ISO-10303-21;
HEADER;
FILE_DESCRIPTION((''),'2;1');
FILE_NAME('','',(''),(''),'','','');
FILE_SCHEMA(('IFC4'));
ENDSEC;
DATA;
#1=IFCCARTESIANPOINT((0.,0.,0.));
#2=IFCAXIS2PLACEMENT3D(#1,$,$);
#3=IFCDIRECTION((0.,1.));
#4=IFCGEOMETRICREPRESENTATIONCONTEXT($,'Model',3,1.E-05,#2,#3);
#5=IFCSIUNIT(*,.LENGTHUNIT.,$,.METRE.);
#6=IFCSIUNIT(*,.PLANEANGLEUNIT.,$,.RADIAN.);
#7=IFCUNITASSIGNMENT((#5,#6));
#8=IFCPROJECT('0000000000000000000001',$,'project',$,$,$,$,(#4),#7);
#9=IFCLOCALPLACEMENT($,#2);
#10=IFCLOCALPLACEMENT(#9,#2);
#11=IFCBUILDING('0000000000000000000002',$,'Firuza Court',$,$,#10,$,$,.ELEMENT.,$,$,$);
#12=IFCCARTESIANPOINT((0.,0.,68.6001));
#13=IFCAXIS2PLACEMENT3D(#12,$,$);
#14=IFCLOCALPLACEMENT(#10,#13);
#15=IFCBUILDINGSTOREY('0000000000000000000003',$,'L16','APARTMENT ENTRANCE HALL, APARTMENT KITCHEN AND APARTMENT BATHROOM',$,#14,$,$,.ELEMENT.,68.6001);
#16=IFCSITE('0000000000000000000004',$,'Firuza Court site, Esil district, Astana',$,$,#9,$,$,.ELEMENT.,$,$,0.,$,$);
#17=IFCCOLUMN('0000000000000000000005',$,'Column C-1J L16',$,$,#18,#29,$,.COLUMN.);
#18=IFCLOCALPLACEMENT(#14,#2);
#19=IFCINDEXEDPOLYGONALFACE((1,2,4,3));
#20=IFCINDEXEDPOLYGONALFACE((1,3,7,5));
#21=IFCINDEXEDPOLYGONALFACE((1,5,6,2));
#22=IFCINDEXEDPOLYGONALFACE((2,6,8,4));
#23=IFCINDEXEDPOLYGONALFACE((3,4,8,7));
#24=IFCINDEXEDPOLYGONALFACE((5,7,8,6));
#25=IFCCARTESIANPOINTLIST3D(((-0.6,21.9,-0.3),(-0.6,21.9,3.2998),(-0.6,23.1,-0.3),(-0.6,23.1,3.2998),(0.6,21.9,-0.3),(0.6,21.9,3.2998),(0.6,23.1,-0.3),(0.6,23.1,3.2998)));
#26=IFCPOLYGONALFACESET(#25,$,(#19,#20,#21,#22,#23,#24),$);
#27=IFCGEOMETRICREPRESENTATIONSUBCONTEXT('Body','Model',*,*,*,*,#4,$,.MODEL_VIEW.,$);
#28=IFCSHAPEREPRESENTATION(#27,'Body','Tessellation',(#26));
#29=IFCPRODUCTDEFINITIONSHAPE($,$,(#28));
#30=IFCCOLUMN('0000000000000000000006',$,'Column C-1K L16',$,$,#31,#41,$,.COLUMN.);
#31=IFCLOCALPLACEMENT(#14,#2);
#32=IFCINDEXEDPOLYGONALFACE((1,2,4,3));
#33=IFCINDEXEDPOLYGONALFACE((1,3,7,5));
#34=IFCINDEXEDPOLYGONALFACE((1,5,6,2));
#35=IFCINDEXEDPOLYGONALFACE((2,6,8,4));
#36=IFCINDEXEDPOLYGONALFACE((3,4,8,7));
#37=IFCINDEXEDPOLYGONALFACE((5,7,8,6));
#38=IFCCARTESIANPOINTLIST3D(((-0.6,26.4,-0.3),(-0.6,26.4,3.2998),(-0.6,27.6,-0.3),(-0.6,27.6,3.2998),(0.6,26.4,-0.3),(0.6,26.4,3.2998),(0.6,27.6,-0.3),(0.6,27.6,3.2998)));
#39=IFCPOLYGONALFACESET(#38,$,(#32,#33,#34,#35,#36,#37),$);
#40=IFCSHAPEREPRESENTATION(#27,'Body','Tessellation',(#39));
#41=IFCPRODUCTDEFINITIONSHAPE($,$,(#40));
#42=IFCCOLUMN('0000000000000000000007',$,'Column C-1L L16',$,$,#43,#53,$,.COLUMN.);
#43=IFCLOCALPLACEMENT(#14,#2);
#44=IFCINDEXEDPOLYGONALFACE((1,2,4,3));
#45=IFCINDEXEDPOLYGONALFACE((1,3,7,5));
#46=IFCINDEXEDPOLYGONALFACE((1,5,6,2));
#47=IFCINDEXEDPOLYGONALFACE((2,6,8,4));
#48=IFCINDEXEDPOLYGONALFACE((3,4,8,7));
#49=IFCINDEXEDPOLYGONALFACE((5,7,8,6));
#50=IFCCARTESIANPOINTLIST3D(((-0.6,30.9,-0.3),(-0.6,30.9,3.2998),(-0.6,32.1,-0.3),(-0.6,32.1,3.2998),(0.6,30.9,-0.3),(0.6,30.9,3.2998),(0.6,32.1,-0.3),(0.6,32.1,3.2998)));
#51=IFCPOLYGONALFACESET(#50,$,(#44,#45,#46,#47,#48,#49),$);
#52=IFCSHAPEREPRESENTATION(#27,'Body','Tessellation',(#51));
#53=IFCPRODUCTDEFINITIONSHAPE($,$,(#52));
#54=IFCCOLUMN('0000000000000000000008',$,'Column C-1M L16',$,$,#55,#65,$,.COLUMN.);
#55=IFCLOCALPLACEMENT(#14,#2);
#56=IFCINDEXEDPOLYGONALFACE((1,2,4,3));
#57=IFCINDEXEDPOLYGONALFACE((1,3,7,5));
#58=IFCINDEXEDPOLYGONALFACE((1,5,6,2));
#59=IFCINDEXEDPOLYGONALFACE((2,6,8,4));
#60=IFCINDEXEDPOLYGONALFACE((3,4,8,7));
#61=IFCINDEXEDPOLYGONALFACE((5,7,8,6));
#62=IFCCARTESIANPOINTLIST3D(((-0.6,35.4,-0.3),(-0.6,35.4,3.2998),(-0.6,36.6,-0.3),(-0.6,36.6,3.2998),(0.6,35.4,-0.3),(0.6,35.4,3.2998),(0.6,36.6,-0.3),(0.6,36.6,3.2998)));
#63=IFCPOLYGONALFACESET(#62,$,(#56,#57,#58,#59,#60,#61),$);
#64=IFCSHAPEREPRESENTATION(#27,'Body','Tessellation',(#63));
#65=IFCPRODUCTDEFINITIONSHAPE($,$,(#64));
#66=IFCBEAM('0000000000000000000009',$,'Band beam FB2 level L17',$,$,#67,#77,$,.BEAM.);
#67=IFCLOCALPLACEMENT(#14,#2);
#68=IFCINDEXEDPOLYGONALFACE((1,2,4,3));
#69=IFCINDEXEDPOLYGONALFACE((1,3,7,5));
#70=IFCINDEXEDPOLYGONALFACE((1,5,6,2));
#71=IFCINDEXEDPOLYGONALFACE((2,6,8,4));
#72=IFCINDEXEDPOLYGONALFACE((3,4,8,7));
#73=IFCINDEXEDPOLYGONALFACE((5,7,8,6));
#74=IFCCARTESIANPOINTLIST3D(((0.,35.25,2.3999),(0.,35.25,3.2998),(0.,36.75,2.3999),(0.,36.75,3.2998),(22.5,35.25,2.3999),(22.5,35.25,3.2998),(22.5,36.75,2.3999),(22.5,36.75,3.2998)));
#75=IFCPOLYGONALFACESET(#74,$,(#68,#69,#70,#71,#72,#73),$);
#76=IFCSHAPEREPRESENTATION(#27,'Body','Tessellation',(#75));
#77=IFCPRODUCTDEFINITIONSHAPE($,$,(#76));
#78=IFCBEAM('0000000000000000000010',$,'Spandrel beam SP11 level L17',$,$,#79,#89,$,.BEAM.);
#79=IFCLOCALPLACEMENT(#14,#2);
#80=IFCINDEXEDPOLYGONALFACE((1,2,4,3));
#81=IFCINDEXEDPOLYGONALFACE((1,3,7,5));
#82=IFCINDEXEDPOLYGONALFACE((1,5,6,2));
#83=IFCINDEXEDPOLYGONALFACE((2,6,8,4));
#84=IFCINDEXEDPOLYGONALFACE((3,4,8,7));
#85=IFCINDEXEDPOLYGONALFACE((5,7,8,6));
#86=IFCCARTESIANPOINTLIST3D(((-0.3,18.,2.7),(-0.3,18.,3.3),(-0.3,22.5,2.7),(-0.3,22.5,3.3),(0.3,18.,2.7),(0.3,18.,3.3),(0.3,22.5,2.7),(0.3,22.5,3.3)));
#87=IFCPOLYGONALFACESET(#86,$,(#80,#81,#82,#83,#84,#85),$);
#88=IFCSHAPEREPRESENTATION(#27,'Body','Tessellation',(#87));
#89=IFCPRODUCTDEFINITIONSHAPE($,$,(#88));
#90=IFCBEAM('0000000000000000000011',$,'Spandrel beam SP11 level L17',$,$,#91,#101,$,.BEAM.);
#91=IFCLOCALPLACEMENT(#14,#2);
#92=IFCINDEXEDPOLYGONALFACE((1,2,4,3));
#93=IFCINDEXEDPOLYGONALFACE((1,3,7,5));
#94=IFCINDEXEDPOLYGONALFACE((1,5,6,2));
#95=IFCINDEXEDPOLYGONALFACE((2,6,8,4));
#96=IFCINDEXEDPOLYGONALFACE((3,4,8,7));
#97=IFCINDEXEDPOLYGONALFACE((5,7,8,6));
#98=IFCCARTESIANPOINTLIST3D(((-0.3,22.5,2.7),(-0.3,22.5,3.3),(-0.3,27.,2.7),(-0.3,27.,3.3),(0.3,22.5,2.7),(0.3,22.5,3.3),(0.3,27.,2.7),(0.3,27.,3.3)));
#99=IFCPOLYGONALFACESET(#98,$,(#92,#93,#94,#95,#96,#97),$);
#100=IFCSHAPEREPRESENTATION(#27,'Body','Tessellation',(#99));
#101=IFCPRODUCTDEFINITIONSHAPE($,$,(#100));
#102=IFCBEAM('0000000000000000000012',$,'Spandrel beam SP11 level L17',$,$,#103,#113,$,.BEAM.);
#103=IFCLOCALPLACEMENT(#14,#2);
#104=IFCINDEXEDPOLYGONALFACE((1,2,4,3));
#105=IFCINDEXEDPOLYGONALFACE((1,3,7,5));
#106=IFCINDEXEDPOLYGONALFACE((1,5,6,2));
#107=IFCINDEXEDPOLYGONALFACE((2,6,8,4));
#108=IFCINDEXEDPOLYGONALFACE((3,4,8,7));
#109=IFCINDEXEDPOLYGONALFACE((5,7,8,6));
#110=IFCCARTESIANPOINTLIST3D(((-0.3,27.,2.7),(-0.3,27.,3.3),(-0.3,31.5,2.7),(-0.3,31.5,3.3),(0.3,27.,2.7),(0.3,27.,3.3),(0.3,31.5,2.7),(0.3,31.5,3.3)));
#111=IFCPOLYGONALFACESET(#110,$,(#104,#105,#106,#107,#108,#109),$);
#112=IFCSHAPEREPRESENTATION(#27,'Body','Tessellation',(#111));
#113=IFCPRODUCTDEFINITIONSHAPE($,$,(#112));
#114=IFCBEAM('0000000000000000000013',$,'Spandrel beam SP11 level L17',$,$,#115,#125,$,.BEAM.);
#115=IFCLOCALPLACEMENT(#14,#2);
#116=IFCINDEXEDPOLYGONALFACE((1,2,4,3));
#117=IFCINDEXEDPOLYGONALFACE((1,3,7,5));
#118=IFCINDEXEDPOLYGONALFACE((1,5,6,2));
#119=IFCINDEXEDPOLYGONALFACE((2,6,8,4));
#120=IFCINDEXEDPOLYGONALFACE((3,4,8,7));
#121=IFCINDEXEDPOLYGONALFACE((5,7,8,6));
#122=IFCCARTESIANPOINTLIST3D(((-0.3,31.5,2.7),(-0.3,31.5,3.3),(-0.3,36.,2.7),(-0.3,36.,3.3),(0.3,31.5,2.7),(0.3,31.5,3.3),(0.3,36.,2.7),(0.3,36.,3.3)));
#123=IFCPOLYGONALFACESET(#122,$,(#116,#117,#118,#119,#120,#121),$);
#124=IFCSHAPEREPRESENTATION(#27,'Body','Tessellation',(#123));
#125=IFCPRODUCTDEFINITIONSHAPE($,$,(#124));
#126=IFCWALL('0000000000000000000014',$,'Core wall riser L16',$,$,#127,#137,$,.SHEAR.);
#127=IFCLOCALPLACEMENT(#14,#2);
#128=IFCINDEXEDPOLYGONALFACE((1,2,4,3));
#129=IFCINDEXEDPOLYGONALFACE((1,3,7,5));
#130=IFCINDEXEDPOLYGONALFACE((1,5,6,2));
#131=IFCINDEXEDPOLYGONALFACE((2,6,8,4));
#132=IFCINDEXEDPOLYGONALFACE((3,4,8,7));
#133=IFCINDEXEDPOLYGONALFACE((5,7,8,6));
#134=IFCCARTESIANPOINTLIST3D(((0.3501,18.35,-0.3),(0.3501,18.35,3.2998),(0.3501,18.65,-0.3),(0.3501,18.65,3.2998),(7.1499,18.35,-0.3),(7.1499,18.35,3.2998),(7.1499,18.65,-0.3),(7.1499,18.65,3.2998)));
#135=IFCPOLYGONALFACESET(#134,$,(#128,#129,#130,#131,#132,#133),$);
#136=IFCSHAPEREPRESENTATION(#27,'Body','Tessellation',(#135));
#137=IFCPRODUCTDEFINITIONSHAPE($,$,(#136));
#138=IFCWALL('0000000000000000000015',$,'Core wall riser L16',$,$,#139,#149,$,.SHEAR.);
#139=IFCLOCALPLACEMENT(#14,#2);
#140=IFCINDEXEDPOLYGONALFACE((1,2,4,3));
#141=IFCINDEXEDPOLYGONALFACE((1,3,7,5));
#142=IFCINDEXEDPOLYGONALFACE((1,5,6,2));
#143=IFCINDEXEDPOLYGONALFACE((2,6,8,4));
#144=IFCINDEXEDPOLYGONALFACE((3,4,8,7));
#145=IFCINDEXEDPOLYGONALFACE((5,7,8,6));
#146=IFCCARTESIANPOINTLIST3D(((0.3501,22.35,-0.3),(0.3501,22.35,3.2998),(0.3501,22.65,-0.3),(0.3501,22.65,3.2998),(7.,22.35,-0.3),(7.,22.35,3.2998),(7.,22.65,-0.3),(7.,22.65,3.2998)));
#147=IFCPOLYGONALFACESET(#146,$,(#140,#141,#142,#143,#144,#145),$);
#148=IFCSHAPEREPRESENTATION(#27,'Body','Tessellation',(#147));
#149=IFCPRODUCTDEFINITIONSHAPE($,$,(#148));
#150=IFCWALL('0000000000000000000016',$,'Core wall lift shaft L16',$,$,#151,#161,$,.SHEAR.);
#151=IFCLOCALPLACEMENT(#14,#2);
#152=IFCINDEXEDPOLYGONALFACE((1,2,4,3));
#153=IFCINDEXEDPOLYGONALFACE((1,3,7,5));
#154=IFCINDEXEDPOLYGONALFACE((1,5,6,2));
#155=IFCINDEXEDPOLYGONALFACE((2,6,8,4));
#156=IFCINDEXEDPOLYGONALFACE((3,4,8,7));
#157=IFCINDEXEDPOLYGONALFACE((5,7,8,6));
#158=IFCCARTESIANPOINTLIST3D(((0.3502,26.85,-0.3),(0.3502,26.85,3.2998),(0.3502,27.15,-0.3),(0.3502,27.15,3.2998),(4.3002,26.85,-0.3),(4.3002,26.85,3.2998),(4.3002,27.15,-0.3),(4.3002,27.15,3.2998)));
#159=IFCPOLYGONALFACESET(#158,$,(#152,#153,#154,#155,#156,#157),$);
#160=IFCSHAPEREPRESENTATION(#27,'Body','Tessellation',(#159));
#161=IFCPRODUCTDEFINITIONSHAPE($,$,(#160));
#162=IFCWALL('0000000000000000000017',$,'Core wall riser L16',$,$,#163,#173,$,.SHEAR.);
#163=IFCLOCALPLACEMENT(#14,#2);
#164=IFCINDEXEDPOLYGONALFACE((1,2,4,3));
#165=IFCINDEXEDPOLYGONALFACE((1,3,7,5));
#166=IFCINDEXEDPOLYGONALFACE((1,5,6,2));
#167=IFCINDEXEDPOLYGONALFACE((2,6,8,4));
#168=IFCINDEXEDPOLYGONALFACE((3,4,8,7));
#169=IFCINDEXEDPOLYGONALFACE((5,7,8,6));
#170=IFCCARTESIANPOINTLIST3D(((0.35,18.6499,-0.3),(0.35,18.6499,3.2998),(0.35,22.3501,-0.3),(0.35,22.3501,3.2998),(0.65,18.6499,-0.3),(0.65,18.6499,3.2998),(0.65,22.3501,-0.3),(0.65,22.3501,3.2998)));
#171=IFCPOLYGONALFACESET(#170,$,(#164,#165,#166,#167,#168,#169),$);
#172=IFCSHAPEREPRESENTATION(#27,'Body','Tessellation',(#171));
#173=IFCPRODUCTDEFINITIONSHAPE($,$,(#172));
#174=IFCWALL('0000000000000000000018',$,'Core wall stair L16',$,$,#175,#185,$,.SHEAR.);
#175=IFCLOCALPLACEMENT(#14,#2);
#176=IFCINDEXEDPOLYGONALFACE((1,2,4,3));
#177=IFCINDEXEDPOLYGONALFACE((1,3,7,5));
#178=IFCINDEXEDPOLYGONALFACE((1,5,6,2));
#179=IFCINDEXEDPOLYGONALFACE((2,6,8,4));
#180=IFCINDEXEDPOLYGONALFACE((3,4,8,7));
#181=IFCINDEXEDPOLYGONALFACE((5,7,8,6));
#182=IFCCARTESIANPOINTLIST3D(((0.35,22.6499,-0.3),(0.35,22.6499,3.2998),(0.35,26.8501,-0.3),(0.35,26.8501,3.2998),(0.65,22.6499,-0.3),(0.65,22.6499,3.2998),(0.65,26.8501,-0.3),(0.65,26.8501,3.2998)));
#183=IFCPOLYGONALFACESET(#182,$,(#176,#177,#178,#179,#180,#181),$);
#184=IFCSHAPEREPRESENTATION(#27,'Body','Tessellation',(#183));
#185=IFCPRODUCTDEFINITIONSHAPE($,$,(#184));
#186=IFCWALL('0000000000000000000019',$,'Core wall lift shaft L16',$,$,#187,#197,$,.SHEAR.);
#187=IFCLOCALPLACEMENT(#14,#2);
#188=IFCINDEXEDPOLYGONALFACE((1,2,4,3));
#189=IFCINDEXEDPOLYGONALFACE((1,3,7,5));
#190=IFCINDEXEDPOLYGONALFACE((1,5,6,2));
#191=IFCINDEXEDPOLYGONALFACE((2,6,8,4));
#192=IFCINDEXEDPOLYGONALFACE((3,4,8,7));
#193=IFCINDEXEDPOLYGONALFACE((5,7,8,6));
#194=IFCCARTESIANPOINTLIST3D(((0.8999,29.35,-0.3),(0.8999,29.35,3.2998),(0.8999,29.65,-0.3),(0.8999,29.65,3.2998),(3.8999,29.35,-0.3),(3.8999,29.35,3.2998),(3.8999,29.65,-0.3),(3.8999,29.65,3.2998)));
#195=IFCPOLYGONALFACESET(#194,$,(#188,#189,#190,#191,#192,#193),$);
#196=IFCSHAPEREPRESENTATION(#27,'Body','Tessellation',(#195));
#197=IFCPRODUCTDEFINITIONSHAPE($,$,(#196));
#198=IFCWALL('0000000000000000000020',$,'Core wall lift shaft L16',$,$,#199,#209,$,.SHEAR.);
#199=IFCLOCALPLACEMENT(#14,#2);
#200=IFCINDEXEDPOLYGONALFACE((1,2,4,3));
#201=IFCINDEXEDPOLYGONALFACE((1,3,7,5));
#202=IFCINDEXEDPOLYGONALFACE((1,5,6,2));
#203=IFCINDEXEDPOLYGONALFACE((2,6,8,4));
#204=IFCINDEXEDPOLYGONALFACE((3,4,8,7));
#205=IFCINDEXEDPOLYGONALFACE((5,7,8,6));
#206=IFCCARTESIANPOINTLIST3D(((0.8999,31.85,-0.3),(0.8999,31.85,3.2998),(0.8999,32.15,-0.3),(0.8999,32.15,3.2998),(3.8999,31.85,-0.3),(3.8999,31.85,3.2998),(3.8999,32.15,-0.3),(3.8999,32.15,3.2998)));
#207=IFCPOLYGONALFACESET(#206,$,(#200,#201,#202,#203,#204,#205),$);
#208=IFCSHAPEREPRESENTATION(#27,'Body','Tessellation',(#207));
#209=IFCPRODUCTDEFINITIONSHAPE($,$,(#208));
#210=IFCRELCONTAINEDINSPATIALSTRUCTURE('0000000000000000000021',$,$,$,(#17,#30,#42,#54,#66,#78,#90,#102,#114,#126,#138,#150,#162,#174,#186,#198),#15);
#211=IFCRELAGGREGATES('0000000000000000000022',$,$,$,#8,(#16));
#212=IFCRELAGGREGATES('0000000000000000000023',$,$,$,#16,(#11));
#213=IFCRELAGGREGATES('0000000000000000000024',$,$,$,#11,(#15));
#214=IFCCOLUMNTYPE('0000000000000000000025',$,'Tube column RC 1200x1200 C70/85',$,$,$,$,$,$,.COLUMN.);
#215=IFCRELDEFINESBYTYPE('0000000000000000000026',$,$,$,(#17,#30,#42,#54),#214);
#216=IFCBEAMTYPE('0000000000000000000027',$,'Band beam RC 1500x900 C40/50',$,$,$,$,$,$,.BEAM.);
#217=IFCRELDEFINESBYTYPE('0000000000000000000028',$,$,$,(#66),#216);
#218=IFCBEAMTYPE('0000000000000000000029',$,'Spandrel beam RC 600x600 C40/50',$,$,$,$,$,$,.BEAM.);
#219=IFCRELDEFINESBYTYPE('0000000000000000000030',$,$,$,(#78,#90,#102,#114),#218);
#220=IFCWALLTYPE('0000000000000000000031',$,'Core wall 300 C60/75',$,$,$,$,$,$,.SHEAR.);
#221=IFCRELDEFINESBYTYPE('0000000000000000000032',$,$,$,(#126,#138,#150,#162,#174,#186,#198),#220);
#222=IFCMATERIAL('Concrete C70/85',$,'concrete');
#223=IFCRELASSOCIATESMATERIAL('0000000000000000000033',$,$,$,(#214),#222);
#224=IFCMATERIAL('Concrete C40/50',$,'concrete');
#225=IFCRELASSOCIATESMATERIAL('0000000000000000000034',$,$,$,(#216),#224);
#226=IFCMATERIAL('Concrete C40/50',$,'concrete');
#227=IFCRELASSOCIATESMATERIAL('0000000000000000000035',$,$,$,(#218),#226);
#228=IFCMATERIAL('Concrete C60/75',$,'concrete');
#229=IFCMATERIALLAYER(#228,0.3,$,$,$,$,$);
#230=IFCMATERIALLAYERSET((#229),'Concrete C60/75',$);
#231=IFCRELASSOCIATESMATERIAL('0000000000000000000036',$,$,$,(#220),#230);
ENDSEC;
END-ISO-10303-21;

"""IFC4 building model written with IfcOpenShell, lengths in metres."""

from ifc_helpers import new_model, si_unit, direction, frame, frame_2d, origin, origin_2d, place, context, subcontext, project, spatial, rectangle, extrude, material, layer, layer_set, material_profile, profile_set, type_object, element, save


model = new_model("IFC4")

# Units and contexts
model_context = context("Model", 3, precision=1e-05, world=origin(), true_north=direction((0.0, 1.0)))
body_context = subcontext(model_context, "Body", "Model", "MODEL_VIEW")
ifc_project = project(units=[si_unit("LENGTHUNIT", "METRE"), si_unit("PLANEANGLEUNIT", "RADIAN")], contexts=[model_context])

# Site, building, storey
site_placement = place(None, origin())
site = spatial("IfcSite", under=ifc_project, at=site_placement, Name="Firuza Court site, Esil district, Astana", CompositionType="ELEMENT", RefElevation=0.0)
building_placement = place(site_placement, origin())
building = spatial("IfcBuilding", under=site, at=building_placement, Name="Firuza Court", CompositionType="ELEMENT")
storey_placement = place(building_placement, frame((0.0, 0.0, 68.6001)))
storey = spatial("IfcBuildingStorey", under=building, at=storey_placement, Name="L16", Description="APARTMENT ENTRANCE HALL, APARTMENT KITCHEN AND APARTMENT BATHROOM", CompositionType="ELEMENT", Elevation=68.6001)

# Columns
ifc_material_1 = material(Name="Concrete C70/85", Category="concrete")
ifc_material_profile_1 = material_profile(ifc_material_1, rectangle(XDim=1.2, YDim=1.2, at=origin_2d()), Name="RC 1200x1200")
ifc_profile_set_1 = profile_set([ifc_material_profile_1], Name="Concrete C70/85")
column_type = type_object("IfcColumnType", Name="Tube column RC 1200x1200 C70/85", PredefinedType="COLUMN", material=ifc_profile_set_1)
for number, where, z_axis, x_axis, name in (
    (1, (0.0, 22.5, -0.3), (0.0, 0.0, 1.0), (1.0, 0.0, 0.0), "Column C-1J L16"),
    (2, (0.0, 27.0, -0.3), (0.0, 0.0, 1.0), (1.0, 0.0, 0.0), "Column C-1K L16"),
    (3, (0.0, 31.5, -0.3), (0.0, 0.0, 1.0), (1.0, 0.0, 0.0), "Column C-1L L16"),
    (4, (0.0, 36.0, -0.3), (0.0, 0.0, 1.0), (1.0, 0.0, 0.0), "Column C-1M L16"),
):
    element("IfcColumn", number, at=place(storey_placement, frame(where, z_axis=z_axis, x_axis=x_axis)), inside=storey, type_object=column_type, Name=name, PredefinedType="COLUMN", context=body_context, shape_type="SweptSolid", body=[
        extrude(rectangle(XDim=1.2, YDim=1.2, at=origin_2d()), origin(), (0.0, 0.0, 1.0), 3.5999),
    ])

# Beams
ifc_material_2 = material(Name="Concrete C40/50", Category="concrete")
ifc_material_profile_2 = material_profile(ifc_material_2, rectangle(XDim=1.5, YDim=0.8999, at=origin_2d()), Name="RC 1500x900")
ifc_profile_set_2 = profile_set([ifc_material_profile_2], Name="Concrete C40/50")
beam_type_1 = type_object("IfcBeamType", Name="Band beam RC 1500x900 C40/50", PredefinedType="BEAM", material=ifc_profile_set_2)
beam_placement = place(storey_placement, frame((0.0, 36.0, 2.8499), z_axis=(1.0, 0.0, 0.0), x_axis=(0.0, 1.0, 0.0)))
element("IfcBeam", 5, at=beam_placement, inside=storey, type_object=beam_type_1, Name="Band beam FB2 level L17", PredefinedType="BEAM", context=body_context, shape_type="SweptSolid", body=[
    extrude(rectangle(XDim=1.5, YDim=0.8999, at=origin_2d()), origin(), (0.0, 0.0, 1.0), 22.5),
])
ifc_material_3 = material(Name="Concrete C40/50", Category="concrete")
ifc_material_profile_3 = material_profile(ifc_material_3, rectangle(XDim=0.6001, YDim=0.6001, at=origin_2d()), Name="RC 600x600")
ifc_profile_set_3 = profile_set([ifc_material_profile_3], Name="Concrete C40/50")
beam_type_2 = type_object("IfcBeamType", Name="Spandrel beam RC 600x600 C40/50", PredefinedType="BEAM", material=ifc_profile_set_3)
for number, where, z_axis, x_axis, name in (
    (6, (0.0, 22.5, 3.0), (0.0, -1.0, 0.0), (1.0, 0.0, 0.0), "Spandrel beam SP11 level L17"),
    (7, (0.0, 27.0, 3.0), (0.0, -1.0, 0.0), (1.0, 0.0, 0.0), "Spandrel beam SP11 level L17"),
    (8, (0.0, 31.5, 3.0), (0.0, -1.0, 0.0), (1.0, 0.0, 0.0), "Spandrel beam SP11 level L17"),
    (9, (0.0, 36.0, 3.0), (0.0, -1.0, 0.0), (1.0, 0.0, 0.0), "Spandrel beam SP11 level L17"),
):
    element("IfcBeam", number, at=place(storey_placement, frame(where, z_axis=z_axis, x_axis=x_axis)), inside=storey, type_object=beam_type_2, Name=name, PredefinedType="BEAM", context=body_context, shape_type="SweptSolid", body=[
        extrude(rectangle(XDim=0.6001, YDim=0.6001, at=origin_2d()), origin(), (0.0, 0.0, 1.0), 4.5),
    ])

# Walls
ifc_material_4 = material(Name="Concrete C60/75", Category="concrete")
ifc_layer_1 = layer(ifc_material_4, 0.3)
ifc_layer_set_1 = layer_set([ifc_layer_1], Name="Concrete C60/75")
wall_type_1 = type_object("IfcWallType", Name="Core wall 300 C60/75", PredefinedType="SHEAR", material=ifc_layer_set_1)
wall_1_placement = place(storey_placement, frame((0.3501, 18.5, -0.3), z_axis=(0.0, 0.0, 1.0), x_axis=(1.0, 0.0, 0.0)))
element("IfcWall", 10, at=wall_1_placement, inside=storey, type_object=wall_type_1, Name="Core wall riser L16", PredefinedType="SHEAR", context=body_context, shape_type="SweptSolid", body=[
    extrude(rectangle(XDim=6.7998, YDim=0.3, at=frame_2d((3.3999, 0.0))), origin(), (0.0, 0.0, 1.0), 3.5999),
])
wall_2_placement = place(storey_placement, frame((0.3501, 22.5, -0.3), z_axis=(0.0, 0.0, 1.0), x_axis=(1.0, 0.0, 0.0)))
element("IfcWall", 11, at=wall_2_placement, inside=storey, type_object=wall_type_1, Name="Core wall riser L16", PredefinedType="SHEAR", context=body_context, shape_type="SweptSolid", body=[
    extrude(rectangle(XDim=6.6499, YDim=0.3, at=frame_2d((3.325, 0.0))), origin(), (0.0, 0.0, 1.0), 3.5999),
])
wall_3_placement = place(storey_placement, frame((0.3501, 27.0, -0.3), z_axis=(0.0, 0.0, 1.0), x_axis=(1.0, 0.0, 0.0)))
element("IfcWall", 12, at=wall_3_placement, inside=storey, type_object=wall_type_1, Name="Core wall lift shaft L16", PredefinedType="SHEAR", context=body_context, shape_type="SweptSolid", body=[
    extrude(rectangle(XDim=3.95, YDim=0.3, at=frame_2d((1.9751, 0.0))), origin(), (0.0, 0.0, 1.0), 3.5999),
])
wall_4_placement = place(storey_placement, frame((0.5, 18.6499, -0.3), z_axis=(0.0, 0.0, 1.0), x_axis=(0.0, 1.0, 0.0)))
element("IfcWall", 13, at=wall_4_placement, inside=storey, type_object=wall_type_1, Name="Core wall riser L16", PredefinedType="SHEAR", context=body_context, shape_type="SweptSolid", body=[
    extrude(rectangle(XDim=3.7002, YDim=0.3, at=frame_2d((1.8501, 0.0))), origin(), (0.0, 0.0, 1.0), 3.5999),
])
wall_5_placement = place(storey_placement, frame((0.5, 22.6499, -0.3), z_axis=(0.0, 0.0, 1.0), x_axis=(0.0, 1.0, 0.0)))
element("IfcWall", 14, at=wall_5_placement, inside=storey, type_object=wall_type_1, Name="Core wall stair L16", PredefinedType="SHEAR", context=body_context, shape_type="SweptSolid", body=[
    extrude(rectangle(XDim=4.2002, YDim=0.3, at=frame_2d((2.1001, 0.0))), origin(), (0.0, 0.0, 1.0), 3.5999),
])
for number, where, z_axis, x_axis, name in (
    (15, (0.8999, 29.5, -0.3), (0.0, 0.0, 1.0), (1.0, 0.0, 0.0), "Core wall lift shaft L16"),
    (16, (0.8999, 32.0, -0.3), (0.0, 0.0, 1.0), (1.0, 0.0, 0.0), "Core wall lift shaft L16"),
):
    element("IfcWall", number, at=place(storey_placement, frame(where, z_axis=z_axis, x_axis=x_axis)), inside=storey, type_object=wall_type_1, Name=name, PredefinedType="SHEAR", context=body_context, shape_type="SweptSolid", body=[
        extrude(rectangle(XDim=3.0, YDim=0.3, at=frame_2d((1.5, 0.0))), origin(), (0.0, 0.0, 1.0), 3.5999),
    ])

save(model, "model.ifc")
